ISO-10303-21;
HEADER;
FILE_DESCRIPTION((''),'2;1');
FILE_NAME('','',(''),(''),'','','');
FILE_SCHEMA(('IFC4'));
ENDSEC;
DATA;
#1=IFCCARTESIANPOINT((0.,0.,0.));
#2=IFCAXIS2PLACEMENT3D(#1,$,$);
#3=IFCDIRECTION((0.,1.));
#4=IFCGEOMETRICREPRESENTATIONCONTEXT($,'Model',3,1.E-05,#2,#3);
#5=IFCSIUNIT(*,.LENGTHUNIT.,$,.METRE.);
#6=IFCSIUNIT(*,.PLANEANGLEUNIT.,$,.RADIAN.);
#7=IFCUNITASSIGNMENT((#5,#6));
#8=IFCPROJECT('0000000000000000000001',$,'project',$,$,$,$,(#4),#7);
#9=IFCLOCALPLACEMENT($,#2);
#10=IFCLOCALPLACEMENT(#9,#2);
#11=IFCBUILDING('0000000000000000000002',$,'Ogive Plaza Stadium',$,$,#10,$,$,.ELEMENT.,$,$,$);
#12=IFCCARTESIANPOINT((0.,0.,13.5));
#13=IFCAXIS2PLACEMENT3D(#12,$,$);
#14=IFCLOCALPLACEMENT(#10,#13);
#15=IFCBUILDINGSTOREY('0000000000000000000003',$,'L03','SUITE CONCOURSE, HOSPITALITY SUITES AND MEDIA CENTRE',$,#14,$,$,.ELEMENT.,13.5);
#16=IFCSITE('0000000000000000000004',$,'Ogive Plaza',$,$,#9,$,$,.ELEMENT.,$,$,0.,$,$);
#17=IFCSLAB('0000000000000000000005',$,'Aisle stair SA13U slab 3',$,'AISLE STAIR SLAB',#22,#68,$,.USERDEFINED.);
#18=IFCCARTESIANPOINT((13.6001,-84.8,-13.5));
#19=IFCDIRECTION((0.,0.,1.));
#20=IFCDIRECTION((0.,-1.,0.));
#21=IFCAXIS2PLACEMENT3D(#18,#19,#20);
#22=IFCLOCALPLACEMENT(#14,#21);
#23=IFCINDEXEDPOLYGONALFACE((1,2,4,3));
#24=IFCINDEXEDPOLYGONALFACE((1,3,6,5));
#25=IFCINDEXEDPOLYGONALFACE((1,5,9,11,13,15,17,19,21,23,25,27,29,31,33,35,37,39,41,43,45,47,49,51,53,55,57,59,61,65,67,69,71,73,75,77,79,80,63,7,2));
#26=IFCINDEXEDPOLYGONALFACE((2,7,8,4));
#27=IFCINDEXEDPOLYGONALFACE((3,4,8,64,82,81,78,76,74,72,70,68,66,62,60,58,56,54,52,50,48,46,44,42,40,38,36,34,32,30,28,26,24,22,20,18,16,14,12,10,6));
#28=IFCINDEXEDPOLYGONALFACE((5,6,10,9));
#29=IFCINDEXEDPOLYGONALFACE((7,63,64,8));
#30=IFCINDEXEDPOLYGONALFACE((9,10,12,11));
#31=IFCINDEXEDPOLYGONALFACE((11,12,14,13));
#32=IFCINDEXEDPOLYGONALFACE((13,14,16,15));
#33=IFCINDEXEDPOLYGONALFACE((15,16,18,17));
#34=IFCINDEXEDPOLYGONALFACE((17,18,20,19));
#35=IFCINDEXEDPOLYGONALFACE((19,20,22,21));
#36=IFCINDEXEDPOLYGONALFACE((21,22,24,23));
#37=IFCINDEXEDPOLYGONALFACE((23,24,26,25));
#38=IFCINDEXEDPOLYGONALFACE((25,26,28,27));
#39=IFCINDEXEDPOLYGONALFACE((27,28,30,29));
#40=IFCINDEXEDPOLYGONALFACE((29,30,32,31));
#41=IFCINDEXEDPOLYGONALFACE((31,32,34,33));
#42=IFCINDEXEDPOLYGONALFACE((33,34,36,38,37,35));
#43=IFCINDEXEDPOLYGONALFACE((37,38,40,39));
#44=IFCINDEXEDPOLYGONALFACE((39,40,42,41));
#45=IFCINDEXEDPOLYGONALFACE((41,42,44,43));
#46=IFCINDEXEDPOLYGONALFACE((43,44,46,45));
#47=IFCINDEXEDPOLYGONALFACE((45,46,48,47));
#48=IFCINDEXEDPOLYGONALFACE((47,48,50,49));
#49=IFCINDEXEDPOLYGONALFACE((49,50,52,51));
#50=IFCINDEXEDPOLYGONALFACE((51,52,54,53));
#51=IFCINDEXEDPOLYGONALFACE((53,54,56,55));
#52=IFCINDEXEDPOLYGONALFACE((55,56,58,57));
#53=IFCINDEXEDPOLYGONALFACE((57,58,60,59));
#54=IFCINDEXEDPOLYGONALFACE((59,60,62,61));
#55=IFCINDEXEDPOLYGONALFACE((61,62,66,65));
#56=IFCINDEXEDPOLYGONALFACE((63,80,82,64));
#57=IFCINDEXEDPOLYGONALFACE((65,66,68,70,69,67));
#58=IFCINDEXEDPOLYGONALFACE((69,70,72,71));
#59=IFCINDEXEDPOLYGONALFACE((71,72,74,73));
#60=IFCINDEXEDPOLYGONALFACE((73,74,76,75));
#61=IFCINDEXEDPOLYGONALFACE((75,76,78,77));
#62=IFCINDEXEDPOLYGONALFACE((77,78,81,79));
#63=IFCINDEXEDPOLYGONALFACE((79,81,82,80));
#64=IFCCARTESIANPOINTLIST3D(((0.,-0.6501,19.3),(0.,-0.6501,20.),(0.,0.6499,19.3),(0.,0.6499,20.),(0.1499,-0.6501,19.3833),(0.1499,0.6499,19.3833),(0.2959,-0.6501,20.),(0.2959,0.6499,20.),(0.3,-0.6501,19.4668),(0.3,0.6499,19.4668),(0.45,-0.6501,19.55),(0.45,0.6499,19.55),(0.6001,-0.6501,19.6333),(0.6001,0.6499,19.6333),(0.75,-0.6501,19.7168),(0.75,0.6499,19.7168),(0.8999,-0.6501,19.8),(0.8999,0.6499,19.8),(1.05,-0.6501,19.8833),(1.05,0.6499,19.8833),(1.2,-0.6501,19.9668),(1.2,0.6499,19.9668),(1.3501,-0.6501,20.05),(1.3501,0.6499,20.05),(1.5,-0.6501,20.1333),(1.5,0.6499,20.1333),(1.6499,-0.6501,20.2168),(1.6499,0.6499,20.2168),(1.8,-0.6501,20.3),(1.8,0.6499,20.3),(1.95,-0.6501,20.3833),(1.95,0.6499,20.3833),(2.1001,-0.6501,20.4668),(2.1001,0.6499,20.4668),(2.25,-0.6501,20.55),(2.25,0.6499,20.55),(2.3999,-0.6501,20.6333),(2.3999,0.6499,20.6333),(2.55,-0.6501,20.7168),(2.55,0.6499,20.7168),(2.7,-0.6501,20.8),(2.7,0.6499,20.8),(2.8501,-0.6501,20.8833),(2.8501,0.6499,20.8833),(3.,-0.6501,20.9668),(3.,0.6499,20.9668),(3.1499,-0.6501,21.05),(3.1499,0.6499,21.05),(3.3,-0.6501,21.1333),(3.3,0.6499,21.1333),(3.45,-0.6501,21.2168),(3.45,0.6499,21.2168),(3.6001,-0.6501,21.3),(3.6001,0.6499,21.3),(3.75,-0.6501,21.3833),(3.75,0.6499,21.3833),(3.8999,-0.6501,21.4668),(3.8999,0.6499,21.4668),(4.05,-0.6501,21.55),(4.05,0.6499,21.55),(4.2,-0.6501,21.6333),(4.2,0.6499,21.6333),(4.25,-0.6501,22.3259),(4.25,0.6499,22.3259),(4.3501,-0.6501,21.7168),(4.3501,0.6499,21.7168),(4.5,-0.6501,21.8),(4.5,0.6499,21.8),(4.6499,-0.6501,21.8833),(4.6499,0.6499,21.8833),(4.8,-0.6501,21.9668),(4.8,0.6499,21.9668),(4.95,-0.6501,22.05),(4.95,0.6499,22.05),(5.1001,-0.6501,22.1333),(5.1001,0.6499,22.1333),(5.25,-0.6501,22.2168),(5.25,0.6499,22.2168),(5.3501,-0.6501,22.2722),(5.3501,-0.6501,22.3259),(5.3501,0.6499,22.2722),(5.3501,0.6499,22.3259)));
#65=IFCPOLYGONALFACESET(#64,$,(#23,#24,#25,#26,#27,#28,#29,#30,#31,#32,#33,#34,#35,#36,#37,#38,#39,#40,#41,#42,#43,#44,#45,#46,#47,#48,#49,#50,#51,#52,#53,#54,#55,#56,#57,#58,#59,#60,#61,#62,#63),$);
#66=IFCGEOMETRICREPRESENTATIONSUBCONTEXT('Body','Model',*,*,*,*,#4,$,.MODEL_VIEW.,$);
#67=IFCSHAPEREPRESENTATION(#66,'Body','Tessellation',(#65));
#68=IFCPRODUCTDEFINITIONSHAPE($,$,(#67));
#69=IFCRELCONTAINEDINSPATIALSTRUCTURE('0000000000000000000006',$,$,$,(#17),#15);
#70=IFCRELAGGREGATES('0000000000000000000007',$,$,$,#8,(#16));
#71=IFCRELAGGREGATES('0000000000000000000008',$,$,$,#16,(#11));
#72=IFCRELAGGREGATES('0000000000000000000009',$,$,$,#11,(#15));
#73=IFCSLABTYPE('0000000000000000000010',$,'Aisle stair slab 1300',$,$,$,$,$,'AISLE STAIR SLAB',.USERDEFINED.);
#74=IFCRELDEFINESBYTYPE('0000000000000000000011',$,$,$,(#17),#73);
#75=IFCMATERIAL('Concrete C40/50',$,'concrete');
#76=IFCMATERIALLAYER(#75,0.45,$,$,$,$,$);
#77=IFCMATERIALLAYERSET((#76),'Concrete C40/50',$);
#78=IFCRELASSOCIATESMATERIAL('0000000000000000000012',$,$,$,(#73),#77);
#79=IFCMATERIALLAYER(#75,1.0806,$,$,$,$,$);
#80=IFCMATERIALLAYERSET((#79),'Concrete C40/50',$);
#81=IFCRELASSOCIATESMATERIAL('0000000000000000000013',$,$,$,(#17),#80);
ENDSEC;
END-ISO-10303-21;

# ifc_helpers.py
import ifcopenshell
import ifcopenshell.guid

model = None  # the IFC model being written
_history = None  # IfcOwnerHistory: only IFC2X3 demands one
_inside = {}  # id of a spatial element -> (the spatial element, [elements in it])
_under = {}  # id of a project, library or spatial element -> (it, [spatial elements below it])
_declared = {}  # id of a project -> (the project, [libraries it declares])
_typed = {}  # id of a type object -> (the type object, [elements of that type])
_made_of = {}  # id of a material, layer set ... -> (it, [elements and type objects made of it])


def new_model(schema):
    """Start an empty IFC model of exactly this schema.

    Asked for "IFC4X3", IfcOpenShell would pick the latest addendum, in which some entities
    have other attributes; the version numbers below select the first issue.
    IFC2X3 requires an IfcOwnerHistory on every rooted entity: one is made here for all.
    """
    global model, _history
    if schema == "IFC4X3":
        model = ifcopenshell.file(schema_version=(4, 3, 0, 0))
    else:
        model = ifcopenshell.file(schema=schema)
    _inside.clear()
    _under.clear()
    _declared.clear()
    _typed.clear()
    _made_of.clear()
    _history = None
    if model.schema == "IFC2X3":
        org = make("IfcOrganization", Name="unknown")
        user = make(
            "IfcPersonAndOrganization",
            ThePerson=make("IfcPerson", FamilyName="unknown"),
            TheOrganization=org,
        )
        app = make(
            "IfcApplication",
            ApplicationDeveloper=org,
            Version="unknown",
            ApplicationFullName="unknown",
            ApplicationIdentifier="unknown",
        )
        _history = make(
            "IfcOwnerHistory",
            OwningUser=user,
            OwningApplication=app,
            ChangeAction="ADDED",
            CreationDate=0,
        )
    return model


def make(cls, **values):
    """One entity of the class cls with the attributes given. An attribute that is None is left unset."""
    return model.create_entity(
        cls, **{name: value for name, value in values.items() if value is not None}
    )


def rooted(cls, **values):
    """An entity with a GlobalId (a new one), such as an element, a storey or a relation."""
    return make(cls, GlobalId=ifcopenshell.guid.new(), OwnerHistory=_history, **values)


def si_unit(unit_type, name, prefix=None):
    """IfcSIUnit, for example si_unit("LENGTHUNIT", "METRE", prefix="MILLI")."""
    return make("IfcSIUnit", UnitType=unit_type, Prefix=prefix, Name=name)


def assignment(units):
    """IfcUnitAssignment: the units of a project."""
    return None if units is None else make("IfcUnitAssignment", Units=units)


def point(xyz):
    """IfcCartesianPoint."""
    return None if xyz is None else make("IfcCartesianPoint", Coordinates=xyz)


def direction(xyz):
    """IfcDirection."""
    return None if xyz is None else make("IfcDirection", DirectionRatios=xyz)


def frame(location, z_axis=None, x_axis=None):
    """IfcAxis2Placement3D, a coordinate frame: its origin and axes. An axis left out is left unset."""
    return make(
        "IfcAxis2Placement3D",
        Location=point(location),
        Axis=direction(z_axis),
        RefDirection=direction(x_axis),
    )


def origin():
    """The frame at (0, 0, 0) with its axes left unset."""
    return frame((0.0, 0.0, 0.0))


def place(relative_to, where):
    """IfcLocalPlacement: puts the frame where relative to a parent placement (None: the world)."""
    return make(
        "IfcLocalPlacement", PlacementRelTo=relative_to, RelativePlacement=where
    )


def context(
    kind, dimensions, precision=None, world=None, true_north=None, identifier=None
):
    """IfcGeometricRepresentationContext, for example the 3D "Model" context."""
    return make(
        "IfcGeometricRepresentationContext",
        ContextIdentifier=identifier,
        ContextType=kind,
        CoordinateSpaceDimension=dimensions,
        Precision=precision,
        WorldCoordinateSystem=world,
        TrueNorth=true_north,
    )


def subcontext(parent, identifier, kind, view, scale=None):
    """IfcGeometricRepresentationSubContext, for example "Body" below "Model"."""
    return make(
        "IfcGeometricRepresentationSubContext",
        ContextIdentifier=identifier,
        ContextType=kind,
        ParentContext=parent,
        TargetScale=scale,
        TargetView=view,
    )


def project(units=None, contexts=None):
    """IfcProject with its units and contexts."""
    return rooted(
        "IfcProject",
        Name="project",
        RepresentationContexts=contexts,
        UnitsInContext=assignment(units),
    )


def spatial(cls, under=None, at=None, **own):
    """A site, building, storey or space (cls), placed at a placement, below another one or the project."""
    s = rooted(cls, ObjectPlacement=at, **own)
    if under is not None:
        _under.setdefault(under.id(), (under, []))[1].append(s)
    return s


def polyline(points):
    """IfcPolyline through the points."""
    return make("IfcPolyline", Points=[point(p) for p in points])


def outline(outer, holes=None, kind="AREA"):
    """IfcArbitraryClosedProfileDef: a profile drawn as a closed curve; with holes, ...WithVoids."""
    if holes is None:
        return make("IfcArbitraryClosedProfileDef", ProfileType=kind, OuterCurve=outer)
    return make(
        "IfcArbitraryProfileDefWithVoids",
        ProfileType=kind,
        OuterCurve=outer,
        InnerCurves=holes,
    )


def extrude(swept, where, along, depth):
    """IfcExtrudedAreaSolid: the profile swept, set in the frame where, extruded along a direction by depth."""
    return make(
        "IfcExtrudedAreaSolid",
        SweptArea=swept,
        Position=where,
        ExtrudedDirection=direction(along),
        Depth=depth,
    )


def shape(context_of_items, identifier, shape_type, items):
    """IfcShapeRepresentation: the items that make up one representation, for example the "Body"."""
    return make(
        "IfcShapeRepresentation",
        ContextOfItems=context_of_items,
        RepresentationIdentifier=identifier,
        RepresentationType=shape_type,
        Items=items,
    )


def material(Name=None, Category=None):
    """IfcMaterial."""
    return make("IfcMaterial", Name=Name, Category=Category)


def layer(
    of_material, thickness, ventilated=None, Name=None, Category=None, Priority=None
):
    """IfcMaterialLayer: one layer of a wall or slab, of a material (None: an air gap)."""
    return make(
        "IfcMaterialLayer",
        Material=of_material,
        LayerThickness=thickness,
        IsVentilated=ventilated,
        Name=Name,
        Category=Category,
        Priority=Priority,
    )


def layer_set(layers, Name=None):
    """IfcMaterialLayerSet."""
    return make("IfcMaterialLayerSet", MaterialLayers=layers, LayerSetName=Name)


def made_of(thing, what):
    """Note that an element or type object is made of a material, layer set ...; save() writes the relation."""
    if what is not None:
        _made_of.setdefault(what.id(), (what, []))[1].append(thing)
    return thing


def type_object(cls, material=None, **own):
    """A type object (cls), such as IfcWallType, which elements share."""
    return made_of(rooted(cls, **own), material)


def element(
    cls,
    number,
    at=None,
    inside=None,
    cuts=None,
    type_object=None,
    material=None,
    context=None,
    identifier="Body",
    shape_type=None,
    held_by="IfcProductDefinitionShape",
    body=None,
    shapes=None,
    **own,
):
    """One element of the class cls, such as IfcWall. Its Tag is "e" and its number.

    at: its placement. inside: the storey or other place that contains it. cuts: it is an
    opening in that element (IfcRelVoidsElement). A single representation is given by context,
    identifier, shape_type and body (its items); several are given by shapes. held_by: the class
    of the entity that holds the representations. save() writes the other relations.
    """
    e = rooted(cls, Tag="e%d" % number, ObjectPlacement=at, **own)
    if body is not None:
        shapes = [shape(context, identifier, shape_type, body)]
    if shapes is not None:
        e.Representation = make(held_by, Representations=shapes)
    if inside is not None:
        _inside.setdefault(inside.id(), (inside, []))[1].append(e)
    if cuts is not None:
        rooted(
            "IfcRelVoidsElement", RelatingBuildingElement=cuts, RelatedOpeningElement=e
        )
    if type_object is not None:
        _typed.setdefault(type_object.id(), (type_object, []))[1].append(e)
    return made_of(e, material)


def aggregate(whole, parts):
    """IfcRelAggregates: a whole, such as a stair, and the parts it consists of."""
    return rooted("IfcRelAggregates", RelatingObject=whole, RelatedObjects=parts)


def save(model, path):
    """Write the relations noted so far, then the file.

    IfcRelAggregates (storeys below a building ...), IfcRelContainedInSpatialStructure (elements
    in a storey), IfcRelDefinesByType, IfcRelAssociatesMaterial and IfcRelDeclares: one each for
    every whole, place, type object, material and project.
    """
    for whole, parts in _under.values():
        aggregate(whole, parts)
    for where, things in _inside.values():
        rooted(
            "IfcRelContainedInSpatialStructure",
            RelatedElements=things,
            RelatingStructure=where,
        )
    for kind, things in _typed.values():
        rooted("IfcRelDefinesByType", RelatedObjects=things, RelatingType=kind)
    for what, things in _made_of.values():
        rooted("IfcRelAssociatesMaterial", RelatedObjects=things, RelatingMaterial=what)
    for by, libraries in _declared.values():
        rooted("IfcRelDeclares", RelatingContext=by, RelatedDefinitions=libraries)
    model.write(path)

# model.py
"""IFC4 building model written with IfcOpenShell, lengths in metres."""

from ifc_helpers import new_model, si_unit, direction, frame, origin, place, context, subcontext, project, spatial, polyline, outline, extrude, material, layer, layer_set, type_object, element, save


model = new_model("IFC4")

# Units and contexts
model_context = context("Model", 3, precision=1e-05, world=origin(), true_north=direction((0.0, 1.0)))
body_context = subcontext(model_context, "Body", "Model", "MODEL_VIEW")
ifc_project = project(units=[si_unit("LENGTHUNIT", "METRE"), si_unit("PLANEANGLEUNIT", "RADIAN")], contexts=[model_context])

# Site, building, storey
site_placement = place(None, origin())
site = spatial("IfcSite", under=ifc_project, at=site_placement, Name="Ogive Plaza", CompositionType="ELEMENT", RefElevation=0.0)
building_placement = place(site_placement, origin())
building = spatial("IfcBuilding", under=site, at=building_placement, Name="Ogive Plaza Stadium", CompositionType="ELEMENT")
storey_placement = place(building_placement, frame((0.0, 0.0, 13.5)))
storey = spatial("IfcBuildingStorey", under=building, at=storey_placement, Name="L03", Description="SUITE CONCOURSE, HOSPITALITY SUITES AND MEDIA CENTRE", CompositionType="ELEMENT", Elevation=13.5)

# Slab
ifc_material_1 = material(Name="Concrete C40/50", Category="concrete")
ifc_layer_1 = layer(ifc_material_1, 1.0806)
ifc_layer_set_1 = layer_set([ifc_layer_1], Name="Concrete C40/50")
ifc_layer_2 = layer(ifc_material_1, 0.45)
ifc_layer_set_2 = layer_set([ifc_layer_2], Name="Concrete C40/50")
slab_type = type_object("IfcSlabType", Name="Aisle stair slab 1300", ElementType="AISLE STAIR SLAB", PredefinedType="USERDEFINED", material=ifc_layer_set_2)
slab_placement = place(storey_placement, frame((13.6001, -84.8, -13.5), z_axis=(0.0, 0.0, 1.0), x_axis=(0.0, -1.0, 0.0)))
element("IfcSlab", 1, at=slab_placement, inside=storey, type_object=slab_type, material=ifc_layer_set_1, Name="Aisle stair SA13U slab 3", ObjectType="AISLE STAIR SLAB", PredefinedType="USERDEFINED", context=body_context, shape_type="SweptSolid", body=[
    extrude(outline(polyline([(0.0, 20.0), (0.2959, 20.0), (4.25, 22.3259), (5.3501, 22.3259), (5.3501, 22.2722), (5.25, 22.2168), (5.1001, 22.1333), (4.95, 22.05), (4.8, 21.9668), (4.6499, 21.8833), (4.5, 21.8), (4.3501, 21.7168), (4.2, 21.6333), (4.05, 21.55), (3.8999, 21.4668), (3.75, 21.3833), (3.6001, 21.3), (3.45, 21.2168), (3.3, 21.1333), (3.1499, 21.05), (3.0, 20.9668), (2.8501, 20.8833), (2.7, 20.8), (2.55, 20.7168), (2.3999, 20.6333), (2.25, 20.55), (2.1001, 20.4668), (1.95, 20.3833), (1.8, 20.3), (1.6499, 20.2168), (1.5, 20.1333), (1.3501, 20.05), (1.2, 19.9668), (1.05, 19.8833), (0.8999, 19.8), (0.75, 19.7168), (0.6001, 19.6333), (0.45, 19.55), (0.3, 19.4668), (0.1499, 19.3833), (0.0, 19.3), (0.0, 20.0)])), frame((0.0, 0.6499, 0.0), z_axis=(0.0, -1.0, 0.0), x_axis=(1.0, 0.0, 0.0)), (0.0, 0.0, 1.0), 1.3),
])

save(model, "model.ifc")
